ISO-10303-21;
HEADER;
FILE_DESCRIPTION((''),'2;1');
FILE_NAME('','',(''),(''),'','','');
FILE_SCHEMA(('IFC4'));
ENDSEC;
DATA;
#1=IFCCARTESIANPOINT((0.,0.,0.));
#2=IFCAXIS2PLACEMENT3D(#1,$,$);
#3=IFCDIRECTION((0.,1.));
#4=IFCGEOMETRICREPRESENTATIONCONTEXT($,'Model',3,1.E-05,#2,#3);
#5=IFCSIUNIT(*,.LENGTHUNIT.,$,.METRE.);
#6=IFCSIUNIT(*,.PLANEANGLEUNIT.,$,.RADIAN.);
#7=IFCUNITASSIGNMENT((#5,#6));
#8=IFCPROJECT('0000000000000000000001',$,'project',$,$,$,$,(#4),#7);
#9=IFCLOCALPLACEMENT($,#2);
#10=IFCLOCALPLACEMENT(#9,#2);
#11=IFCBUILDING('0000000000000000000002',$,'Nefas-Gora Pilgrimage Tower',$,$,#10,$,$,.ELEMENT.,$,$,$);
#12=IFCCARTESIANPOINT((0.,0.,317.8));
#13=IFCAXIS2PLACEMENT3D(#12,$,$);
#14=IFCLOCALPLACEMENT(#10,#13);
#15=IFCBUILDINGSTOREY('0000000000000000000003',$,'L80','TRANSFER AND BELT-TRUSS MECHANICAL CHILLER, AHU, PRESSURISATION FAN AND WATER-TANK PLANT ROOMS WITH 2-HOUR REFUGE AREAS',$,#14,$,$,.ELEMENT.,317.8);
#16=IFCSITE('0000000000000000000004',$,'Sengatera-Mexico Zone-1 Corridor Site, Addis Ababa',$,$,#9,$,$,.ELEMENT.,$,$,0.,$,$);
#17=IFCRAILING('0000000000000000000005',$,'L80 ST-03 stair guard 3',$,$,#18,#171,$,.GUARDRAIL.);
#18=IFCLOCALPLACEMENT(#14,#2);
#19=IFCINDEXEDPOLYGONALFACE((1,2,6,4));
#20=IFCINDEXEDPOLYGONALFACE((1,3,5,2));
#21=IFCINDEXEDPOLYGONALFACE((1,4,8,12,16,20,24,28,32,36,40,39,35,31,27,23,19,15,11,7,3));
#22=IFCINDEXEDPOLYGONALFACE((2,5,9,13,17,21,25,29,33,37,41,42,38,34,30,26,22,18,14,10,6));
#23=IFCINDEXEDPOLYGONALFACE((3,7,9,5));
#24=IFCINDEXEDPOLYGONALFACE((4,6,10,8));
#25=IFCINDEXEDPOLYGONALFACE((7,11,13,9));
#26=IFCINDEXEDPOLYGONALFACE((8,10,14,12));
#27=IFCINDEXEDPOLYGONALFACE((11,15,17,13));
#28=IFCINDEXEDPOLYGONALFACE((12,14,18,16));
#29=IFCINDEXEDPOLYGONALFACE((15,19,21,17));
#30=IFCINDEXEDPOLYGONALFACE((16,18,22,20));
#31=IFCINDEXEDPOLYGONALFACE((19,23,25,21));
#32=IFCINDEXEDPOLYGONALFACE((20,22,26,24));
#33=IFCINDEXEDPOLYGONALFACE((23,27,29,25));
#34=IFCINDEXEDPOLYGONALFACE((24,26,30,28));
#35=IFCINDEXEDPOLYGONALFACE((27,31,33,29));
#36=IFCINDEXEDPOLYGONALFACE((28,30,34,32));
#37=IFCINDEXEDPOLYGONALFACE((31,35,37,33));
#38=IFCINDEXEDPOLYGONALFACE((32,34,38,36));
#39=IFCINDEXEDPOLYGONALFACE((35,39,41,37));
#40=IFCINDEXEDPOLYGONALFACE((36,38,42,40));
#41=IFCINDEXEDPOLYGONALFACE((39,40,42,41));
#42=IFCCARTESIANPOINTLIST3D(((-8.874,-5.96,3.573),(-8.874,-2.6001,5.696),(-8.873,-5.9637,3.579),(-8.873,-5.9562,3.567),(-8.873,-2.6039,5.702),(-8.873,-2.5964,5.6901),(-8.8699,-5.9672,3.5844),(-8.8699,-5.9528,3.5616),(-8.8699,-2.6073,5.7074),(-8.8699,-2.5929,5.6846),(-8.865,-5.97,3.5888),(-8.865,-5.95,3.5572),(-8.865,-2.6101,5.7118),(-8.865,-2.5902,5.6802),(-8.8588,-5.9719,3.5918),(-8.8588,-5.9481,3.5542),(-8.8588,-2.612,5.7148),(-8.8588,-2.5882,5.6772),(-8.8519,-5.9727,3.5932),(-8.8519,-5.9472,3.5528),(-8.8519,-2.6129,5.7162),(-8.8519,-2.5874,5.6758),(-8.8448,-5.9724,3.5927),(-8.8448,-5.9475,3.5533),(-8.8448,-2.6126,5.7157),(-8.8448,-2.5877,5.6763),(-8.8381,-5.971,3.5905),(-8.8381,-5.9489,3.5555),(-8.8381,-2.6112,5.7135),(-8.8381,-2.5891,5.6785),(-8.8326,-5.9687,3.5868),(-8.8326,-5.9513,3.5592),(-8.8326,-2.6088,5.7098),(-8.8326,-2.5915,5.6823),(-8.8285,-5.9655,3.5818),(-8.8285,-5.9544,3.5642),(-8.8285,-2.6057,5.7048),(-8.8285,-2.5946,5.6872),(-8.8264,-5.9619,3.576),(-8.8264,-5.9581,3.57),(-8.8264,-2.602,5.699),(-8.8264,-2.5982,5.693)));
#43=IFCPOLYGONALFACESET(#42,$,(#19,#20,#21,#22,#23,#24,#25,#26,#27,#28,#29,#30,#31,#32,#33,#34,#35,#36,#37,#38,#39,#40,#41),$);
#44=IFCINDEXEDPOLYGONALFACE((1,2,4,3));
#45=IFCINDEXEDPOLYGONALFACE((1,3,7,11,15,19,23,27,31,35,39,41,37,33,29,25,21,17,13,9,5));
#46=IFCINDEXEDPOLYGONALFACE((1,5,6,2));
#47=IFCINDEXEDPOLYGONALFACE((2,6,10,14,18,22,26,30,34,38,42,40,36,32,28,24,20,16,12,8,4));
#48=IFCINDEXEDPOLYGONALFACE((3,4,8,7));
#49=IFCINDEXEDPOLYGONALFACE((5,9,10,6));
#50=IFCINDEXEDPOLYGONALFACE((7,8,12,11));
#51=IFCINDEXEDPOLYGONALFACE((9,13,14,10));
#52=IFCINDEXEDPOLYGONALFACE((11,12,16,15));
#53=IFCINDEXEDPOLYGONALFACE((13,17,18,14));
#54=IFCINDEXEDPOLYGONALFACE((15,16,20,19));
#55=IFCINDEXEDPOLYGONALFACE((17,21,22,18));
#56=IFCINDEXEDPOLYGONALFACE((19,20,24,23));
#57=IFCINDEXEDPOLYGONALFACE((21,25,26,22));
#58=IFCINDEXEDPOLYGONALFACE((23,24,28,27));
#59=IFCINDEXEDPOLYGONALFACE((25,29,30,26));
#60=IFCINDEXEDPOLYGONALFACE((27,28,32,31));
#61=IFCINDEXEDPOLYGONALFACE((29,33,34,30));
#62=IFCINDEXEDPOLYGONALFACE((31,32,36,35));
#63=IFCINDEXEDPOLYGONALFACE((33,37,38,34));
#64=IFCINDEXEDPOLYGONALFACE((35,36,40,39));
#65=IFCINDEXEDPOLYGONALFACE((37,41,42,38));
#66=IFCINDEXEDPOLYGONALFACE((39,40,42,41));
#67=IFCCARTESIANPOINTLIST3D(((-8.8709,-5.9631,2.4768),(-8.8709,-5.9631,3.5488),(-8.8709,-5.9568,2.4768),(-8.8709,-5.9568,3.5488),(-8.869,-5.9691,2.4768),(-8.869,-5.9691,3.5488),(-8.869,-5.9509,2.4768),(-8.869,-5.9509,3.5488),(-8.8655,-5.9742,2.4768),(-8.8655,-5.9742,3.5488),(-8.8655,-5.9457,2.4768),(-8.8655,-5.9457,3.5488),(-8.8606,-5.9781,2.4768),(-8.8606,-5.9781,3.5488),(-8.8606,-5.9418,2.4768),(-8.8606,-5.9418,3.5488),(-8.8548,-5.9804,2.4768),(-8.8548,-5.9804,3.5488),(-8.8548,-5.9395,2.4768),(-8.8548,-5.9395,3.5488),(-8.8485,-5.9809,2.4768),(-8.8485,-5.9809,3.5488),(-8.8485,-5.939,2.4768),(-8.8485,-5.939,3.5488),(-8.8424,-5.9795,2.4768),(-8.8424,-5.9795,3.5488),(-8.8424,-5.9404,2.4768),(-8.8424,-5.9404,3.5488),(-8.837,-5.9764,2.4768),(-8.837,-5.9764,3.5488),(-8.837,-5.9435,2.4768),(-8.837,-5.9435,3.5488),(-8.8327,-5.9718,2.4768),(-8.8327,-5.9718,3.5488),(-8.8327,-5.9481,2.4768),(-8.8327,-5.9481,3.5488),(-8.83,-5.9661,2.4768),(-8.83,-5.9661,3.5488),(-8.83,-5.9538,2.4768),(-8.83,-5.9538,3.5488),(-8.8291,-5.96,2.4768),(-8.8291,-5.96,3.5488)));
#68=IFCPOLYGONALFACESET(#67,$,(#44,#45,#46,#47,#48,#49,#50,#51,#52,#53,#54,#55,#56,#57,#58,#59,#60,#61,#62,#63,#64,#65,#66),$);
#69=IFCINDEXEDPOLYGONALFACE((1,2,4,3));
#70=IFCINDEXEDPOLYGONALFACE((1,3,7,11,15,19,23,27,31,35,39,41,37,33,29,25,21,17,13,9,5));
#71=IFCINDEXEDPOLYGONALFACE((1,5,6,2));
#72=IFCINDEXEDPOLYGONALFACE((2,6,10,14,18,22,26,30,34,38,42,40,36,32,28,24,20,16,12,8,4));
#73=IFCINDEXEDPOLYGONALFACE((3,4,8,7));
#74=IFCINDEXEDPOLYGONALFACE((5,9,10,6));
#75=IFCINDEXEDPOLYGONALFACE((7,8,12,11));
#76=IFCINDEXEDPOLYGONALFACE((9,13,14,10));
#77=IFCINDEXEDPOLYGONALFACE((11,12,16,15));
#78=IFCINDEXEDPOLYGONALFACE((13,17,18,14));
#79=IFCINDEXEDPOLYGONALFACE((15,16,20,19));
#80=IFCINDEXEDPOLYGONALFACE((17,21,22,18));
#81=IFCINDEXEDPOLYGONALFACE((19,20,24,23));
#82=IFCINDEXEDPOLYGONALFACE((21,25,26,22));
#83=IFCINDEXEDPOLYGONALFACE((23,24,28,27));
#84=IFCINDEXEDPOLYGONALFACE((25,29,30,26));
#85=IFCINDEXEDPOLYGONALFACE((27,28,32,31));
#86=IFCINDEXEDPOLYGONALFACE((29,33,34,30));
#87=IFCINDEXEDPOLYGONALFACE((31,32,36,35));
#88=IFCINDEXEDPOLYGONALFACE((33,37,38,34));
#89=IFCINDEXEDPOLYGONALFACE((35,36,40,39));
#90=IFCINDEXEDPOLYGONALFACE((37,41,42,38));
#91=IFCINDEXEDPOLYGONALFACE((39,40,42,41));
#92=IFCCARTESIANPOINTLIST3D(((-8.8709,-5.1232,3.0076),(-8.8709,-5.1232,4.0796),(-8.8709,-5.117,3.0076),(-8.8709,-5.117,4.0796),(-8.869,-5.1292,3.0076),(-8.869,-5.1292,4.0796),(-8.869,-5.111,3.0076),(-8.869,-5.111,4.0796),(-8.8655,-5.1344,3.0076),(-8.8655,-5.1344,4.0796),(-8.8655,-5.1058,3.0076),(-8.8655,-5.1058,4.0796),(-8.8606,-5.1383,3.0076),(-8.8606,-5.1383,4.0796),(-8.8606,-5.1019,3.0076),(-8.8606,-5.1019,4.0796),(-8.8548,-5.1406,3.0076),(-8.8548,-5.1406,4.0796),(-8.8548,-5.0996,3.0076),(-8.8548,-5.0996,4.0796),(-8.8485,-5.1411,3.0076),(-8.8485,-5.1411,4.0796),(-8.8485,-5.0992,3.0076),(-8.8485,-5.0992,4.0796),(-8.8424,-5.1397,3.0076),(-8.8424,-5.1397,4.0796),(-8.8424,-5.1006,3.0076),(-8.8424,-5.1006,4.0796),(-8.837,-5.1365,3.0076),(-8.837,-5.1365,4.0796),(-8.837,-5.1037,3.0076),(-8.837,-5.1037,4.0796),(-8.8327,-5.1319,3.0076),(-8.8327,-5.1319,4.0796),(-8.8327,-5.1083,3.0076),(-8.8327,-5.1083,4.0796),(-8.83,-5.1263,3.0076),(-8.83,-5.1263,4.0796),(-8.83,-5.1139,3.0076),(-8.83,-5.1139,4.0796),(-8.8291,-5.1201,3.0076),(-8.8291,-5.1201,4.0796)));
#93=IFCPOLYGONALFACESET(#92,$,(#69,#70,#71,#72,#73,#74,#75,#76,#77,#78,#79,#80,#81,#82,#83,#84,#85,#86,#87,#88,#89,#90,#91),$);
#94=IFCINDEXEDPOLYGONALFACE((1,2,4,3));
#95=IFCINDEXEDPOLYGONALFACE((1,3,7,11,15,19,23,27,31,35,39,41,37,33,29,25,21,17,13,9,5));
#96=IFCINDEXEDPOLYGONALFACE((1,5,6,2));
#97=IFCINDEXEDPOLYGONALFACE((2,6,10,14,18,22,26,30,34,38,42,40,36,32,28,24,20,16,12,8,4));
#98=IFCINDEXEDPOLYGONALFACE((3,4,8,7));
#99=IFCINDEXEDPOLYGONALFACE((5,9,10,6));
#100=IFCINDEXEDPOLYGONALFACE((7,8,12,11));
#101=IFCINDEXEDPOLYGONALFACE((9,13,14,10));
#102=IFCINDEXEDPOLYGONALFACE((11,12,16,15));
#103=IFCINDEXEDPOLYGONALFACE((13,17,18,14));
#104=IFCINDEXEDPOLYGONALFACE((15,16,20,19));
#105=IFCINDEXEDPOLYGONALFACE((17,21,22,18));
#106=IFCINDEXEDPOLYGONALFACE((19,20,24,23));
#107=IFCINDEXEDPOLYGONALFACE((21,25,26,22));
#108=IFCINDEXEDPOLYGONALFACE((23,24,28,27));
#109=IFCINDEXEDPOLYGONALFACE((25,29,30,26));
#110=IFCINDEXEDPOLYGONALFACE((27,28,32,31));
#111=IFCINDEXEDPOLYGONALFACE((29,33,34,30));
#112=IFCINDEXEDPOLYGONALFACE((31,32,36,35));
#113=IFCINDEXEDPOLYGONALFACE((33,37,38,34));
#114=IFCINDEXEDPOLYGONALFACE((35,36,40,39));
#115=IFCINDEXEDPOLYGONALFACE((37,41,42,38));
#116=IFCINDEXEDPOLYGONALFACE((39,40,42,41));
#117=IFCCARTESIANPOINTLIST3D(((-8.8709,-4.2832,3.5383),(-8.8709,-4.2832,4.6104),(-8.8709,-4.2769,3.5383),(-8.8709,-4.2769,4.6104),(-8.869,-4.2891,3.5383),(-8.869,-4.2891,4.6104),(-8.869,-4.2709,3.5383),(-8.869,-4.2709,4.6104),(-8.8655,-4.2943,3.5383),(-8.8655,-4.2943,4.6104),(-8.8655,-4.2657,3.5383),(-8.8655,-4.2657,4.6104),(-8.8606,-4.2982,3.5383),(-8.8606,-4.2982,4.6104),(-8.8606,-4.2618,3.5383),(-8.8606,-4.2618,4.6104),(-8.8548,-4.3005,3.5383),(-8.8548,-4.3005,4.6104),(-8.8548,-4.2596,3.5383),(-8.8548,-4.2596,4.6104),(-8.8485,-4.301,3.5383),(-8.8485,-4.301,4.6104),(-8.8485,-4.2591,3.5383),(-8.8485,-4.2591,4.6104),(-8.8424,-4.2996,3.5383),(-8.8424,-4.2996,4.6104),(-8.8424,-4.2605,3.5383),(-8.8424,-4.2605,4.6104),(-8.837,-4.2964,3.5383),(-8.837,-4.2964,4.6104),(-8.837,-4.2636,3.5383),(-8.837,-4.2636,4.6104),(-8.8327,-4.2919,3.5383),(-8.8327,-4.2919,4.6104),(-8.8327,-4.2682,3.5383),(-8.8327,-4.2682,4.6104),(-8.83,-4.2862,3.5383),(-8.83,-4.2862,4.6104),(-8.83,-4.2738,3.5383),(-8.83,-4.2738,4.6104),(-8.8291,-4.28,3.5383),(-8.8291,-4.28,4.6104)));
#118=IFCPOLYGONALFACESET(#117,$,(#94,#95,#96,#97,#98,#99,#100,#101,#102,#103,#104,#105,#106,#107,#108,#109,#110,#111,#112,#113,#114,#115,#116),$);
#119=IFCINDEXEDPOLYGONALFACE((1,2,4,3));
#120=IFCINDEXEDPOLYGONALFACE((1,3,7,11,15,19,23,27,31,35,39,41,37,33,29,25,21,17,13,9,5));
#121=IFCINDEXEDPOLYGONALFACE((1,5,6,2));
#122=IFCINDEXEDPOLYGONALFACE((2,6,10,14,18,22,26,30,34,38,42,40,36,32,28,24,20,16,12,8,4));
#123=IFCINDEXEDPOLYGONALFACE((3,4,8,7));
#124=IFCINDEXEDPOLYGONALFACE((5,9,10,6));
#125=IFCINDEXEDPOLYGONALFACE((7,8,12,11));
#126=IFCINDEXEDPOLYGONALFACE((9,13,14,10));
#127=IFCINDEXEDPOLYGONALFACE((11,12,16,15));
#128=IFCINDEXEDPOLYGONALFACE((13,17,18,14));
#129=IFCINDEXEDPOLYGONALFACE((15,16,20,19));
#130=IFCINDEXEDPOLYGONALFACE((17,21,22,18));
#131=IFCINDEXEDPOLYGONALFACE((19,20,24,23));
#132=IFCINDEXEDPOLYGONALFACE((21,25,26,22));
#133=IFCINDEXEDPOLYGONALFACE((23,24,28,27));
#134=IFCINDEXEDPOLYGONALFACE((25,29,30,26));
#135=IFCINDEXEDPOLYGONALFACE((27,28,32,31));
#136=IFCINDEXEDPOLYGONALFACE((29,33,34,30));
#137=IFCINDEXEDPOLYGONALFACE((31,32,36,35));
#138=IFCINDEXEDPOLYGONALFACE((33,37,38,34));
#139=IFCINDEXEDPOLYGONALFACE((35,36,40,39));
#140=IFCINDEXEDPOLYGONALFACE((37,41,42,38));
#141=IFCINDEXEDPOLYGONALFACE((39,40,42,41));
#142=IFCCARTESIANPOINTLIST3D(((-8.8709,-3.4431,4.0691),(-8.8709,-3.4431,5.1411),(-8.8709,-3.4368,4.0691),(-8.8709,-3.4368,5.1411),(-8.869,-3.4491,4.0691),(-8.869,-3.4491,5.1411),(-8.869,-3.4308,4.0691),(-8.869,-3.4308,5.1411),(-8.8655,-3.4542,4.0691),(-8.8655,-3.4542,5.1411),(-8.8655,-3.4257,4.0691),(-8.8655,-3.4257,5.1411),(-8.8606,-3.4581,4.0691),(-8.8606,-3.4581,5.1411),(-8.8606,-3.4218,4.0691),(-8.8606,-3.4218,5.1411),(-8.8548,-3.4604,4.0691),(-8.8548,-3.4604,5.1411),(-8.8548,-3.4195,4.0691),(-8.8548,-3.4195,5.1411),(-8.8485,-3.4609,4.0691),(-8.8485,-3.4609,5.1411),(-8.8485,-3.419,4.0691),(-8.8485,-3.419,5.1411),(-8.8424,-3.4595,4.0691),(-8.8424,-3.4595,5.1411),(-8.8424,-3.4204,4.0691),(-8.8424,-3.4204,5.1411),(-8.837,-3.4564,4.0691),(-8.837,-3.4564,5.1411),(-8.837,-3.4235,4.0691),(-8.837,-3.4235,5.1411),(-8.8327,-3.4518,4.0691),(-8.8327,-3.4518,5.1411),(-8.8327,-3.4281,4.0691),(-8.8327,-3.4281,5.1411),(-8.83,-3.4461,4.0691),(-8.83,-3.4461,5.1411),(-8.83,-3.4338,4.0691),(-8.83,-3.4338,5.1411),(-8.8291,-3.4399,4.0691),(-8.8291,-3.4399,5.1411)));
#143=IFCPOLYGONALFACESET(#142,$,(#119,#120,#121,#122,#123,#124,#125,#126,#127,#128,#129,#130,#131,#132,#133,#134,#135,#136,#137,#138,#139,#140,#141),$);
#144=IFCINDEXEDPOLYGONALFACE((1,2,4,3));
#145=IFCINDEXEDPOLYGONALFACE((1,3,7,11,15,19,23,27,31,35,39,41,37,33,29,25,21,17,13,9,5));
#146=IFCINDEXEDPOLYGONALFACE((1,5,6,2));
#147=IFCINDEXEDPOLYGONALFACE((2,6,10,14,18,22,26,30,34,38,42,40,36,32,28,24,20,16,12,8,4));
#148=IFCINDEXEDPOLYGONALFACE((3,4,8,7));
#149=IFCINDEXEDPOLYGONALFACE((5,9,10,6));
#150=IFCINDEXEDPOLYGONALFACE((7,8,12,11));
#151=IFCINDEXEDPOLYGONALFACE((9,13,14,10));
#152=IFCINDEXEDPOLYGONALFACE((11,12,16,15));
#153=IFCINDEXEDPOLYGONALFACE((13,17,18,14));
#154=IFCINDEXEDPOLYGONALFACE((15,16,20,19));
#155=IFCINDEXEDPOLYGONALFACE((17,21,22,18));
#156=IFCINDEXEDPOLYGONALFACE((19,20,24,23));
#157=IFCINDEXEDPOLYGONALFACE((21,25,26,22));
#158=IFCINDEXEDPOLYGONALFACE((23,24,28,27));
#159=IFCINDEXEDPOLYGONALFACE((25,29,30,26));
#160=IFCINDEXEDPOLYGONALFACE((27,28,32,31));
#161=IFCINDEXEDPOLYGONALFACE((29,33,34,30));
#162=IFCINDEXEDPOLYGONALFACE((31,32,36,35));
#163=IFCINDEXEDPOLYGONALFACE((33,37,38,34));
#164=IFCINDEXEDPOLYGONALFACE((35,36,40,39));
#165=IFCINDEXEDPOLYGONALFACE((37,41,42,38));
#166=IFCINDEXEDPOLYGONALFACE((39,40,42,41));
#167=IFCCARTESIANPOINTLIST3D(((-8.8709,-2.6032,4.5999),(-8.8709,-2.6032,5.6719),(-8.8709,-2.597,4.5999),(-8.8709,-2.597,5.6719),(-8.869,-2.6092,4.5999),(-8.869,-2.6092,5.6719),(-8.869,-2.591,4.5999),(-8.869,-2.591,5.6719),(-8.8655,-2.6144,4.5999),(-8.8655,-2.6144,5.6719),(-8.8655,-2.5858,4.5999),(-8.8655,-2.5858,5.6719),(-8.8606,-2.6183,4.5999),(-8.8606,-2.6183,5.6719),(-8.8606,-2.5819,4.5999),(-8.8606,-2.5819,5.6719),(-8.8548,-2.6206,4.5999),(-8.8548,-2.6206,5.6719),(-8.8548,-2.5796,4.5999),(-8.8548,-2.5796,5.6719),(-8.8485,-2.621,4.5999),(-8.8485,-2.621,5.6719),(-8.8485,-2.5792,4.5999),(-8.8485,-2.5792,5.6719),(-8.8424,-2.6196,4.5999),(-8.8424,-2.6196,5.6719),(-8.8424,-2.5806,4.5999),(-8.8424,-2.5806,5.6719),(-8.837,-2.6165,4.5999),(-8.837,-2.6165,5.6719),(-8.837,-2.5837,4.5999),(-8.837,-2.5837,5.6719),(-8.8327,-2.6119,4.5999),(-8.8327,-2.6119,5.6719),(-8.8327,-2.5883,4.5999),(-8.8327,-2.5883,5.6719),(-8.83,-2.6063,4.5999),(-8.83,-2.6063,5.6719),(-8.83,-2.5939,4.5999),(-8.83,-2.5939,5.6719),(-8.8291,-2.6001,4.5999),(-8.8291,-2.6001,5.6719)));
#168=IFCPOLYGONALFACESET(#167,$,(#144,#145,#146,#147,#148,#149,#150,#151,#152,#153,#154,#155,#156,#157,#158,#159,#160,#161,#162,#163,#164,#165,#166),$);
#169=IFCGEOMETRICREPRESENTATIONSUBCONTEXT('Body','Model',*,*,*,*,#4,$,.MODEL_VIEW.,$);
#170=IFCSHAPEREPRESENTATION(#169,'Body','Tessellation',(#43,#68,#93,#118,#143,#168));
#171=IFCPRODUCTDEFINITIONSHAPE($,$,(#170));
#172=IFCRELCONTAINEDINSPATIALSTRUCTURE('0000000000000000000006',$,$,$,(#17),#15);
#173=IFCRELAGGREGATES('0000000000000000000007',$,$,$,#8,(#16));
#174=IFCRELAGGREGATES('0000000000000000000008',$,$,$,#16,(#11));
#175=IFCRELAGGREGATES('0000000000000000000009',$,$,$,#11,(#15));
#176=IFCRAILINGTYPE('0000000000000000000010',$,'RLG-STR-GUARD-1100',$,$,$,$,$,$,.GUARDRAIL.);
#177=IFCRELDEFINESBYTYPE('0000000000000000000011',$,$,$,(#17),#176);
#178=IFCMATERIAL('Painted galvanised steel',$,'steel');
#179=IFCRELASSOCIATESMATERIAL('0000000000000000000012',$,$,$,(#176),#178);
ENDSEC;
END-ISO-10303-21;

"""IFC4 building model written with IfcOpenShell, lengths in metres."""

from ifc_helpers import new_model, si_unit, direction, frame, origin, origin_2d, place, context, subcontext, project, spatial, circle, extrude, material, type_object, element, save


model = new_model("IFC4")

# Units and contexts
model_context = context("Model", 3, precision=1e-05, world=origin(), true_north=direction((0.0, 1.0)))
body_context = subcontext(model_context, "Body", "Model", "MODEL_VIEW")
ifc_project = project(units=[si_unit("LENGTHUNIT", "METRE"), si_unit("PLANEANGLEUNIT", "RADIAN")], contexts=[model_context])

# Site, building, storey
site_placement = place(None, origin())
site = spatial("IfcSite", under=ifc_project, at=site_placement, Name="Sengatera-Mexico Zone-1 Corridor Site, Addis Ababa", CompositionType="ELEMENT", RefElevation=0.0)
building_placement = place(site_placement, origin())
building = spatial("IfcBuilding", under=site, at=building_placement, Name="Nefas-Gora Pilgrimage Tower", CompositionType="ELEMENT")
storey_placement = place(building_placement, frame((0.0, 0.0, 317.8)))
storey = spatial("IfcBuildingStorey", under=building, at=storey_placement, Name="L80", Description="TRANSFER AND BELT-TRUSS MECHANICAL CHILLER, AHU, PRESSURISATION FAN AND WATER-TANK PLANT ROOMS WITH 2-HOUR REFUGE AREAS", CompositionType="ELEMENT", Elevation=317.8)

# Railing
ifc_material_1 = material(Name="Painted galvanised steel", Category="steel")
railing_type_1 = type_object("IfcRailingType", Name="RLG-STR-GUARD-1100", PredefinedType="GUARDRAIL", material=ifc_material_1)
railing_1_placement = place(storey_placement, frame((-8.8501, -5.96, 2.4768)))
element("IfcRailing", 1, at=railing_1_placement, inside=storey, type_object=railing_type_1, Name="L80 ST-03 stair guard 3", PredefinedType="GUARDRAIL", context=body_context, shape_type="SweptSolid", body=[
    extrude(circle(Radius=0.0239, at=origin_2d()), frame((0.0, 0.0, 1.0962), z_axis=(0.0, 0.845372, 0.534178), x_axis=(-1.0, 0.0, 0.0)), (0.0, 0.0, 1.0), 3.9744),
    extrude(circle(Radius=0.021, at=origin_2d()), origin(), (0.0, 0.0, 1.0), 1.072),
    extrude(circle(Radius=0.021, at=origin_2d()), frame((0.0, 0.8398, 0.5308)), (0.0, 0.0, 1.0), 1.072),
    extrude(circle(Radius=0.021, at=origin_2d()), frame((0.0, 1.6799, 1.0615)), (0.0, 0.0, 1.0), 1.072),
    extrude(circle(Radius=0.021, at=origin_2d()), frame((0.0, 2.52, 1.5923)), (0.0, 0.0, 1.0), 1.072),
    extrude(circle(Radius=0.021, at=origin_2d()), frame((0.0, 3.3599, 2.123)), (0.0, 0.0, 1.0), 1.072),
])

save(model, "model.ifc")
